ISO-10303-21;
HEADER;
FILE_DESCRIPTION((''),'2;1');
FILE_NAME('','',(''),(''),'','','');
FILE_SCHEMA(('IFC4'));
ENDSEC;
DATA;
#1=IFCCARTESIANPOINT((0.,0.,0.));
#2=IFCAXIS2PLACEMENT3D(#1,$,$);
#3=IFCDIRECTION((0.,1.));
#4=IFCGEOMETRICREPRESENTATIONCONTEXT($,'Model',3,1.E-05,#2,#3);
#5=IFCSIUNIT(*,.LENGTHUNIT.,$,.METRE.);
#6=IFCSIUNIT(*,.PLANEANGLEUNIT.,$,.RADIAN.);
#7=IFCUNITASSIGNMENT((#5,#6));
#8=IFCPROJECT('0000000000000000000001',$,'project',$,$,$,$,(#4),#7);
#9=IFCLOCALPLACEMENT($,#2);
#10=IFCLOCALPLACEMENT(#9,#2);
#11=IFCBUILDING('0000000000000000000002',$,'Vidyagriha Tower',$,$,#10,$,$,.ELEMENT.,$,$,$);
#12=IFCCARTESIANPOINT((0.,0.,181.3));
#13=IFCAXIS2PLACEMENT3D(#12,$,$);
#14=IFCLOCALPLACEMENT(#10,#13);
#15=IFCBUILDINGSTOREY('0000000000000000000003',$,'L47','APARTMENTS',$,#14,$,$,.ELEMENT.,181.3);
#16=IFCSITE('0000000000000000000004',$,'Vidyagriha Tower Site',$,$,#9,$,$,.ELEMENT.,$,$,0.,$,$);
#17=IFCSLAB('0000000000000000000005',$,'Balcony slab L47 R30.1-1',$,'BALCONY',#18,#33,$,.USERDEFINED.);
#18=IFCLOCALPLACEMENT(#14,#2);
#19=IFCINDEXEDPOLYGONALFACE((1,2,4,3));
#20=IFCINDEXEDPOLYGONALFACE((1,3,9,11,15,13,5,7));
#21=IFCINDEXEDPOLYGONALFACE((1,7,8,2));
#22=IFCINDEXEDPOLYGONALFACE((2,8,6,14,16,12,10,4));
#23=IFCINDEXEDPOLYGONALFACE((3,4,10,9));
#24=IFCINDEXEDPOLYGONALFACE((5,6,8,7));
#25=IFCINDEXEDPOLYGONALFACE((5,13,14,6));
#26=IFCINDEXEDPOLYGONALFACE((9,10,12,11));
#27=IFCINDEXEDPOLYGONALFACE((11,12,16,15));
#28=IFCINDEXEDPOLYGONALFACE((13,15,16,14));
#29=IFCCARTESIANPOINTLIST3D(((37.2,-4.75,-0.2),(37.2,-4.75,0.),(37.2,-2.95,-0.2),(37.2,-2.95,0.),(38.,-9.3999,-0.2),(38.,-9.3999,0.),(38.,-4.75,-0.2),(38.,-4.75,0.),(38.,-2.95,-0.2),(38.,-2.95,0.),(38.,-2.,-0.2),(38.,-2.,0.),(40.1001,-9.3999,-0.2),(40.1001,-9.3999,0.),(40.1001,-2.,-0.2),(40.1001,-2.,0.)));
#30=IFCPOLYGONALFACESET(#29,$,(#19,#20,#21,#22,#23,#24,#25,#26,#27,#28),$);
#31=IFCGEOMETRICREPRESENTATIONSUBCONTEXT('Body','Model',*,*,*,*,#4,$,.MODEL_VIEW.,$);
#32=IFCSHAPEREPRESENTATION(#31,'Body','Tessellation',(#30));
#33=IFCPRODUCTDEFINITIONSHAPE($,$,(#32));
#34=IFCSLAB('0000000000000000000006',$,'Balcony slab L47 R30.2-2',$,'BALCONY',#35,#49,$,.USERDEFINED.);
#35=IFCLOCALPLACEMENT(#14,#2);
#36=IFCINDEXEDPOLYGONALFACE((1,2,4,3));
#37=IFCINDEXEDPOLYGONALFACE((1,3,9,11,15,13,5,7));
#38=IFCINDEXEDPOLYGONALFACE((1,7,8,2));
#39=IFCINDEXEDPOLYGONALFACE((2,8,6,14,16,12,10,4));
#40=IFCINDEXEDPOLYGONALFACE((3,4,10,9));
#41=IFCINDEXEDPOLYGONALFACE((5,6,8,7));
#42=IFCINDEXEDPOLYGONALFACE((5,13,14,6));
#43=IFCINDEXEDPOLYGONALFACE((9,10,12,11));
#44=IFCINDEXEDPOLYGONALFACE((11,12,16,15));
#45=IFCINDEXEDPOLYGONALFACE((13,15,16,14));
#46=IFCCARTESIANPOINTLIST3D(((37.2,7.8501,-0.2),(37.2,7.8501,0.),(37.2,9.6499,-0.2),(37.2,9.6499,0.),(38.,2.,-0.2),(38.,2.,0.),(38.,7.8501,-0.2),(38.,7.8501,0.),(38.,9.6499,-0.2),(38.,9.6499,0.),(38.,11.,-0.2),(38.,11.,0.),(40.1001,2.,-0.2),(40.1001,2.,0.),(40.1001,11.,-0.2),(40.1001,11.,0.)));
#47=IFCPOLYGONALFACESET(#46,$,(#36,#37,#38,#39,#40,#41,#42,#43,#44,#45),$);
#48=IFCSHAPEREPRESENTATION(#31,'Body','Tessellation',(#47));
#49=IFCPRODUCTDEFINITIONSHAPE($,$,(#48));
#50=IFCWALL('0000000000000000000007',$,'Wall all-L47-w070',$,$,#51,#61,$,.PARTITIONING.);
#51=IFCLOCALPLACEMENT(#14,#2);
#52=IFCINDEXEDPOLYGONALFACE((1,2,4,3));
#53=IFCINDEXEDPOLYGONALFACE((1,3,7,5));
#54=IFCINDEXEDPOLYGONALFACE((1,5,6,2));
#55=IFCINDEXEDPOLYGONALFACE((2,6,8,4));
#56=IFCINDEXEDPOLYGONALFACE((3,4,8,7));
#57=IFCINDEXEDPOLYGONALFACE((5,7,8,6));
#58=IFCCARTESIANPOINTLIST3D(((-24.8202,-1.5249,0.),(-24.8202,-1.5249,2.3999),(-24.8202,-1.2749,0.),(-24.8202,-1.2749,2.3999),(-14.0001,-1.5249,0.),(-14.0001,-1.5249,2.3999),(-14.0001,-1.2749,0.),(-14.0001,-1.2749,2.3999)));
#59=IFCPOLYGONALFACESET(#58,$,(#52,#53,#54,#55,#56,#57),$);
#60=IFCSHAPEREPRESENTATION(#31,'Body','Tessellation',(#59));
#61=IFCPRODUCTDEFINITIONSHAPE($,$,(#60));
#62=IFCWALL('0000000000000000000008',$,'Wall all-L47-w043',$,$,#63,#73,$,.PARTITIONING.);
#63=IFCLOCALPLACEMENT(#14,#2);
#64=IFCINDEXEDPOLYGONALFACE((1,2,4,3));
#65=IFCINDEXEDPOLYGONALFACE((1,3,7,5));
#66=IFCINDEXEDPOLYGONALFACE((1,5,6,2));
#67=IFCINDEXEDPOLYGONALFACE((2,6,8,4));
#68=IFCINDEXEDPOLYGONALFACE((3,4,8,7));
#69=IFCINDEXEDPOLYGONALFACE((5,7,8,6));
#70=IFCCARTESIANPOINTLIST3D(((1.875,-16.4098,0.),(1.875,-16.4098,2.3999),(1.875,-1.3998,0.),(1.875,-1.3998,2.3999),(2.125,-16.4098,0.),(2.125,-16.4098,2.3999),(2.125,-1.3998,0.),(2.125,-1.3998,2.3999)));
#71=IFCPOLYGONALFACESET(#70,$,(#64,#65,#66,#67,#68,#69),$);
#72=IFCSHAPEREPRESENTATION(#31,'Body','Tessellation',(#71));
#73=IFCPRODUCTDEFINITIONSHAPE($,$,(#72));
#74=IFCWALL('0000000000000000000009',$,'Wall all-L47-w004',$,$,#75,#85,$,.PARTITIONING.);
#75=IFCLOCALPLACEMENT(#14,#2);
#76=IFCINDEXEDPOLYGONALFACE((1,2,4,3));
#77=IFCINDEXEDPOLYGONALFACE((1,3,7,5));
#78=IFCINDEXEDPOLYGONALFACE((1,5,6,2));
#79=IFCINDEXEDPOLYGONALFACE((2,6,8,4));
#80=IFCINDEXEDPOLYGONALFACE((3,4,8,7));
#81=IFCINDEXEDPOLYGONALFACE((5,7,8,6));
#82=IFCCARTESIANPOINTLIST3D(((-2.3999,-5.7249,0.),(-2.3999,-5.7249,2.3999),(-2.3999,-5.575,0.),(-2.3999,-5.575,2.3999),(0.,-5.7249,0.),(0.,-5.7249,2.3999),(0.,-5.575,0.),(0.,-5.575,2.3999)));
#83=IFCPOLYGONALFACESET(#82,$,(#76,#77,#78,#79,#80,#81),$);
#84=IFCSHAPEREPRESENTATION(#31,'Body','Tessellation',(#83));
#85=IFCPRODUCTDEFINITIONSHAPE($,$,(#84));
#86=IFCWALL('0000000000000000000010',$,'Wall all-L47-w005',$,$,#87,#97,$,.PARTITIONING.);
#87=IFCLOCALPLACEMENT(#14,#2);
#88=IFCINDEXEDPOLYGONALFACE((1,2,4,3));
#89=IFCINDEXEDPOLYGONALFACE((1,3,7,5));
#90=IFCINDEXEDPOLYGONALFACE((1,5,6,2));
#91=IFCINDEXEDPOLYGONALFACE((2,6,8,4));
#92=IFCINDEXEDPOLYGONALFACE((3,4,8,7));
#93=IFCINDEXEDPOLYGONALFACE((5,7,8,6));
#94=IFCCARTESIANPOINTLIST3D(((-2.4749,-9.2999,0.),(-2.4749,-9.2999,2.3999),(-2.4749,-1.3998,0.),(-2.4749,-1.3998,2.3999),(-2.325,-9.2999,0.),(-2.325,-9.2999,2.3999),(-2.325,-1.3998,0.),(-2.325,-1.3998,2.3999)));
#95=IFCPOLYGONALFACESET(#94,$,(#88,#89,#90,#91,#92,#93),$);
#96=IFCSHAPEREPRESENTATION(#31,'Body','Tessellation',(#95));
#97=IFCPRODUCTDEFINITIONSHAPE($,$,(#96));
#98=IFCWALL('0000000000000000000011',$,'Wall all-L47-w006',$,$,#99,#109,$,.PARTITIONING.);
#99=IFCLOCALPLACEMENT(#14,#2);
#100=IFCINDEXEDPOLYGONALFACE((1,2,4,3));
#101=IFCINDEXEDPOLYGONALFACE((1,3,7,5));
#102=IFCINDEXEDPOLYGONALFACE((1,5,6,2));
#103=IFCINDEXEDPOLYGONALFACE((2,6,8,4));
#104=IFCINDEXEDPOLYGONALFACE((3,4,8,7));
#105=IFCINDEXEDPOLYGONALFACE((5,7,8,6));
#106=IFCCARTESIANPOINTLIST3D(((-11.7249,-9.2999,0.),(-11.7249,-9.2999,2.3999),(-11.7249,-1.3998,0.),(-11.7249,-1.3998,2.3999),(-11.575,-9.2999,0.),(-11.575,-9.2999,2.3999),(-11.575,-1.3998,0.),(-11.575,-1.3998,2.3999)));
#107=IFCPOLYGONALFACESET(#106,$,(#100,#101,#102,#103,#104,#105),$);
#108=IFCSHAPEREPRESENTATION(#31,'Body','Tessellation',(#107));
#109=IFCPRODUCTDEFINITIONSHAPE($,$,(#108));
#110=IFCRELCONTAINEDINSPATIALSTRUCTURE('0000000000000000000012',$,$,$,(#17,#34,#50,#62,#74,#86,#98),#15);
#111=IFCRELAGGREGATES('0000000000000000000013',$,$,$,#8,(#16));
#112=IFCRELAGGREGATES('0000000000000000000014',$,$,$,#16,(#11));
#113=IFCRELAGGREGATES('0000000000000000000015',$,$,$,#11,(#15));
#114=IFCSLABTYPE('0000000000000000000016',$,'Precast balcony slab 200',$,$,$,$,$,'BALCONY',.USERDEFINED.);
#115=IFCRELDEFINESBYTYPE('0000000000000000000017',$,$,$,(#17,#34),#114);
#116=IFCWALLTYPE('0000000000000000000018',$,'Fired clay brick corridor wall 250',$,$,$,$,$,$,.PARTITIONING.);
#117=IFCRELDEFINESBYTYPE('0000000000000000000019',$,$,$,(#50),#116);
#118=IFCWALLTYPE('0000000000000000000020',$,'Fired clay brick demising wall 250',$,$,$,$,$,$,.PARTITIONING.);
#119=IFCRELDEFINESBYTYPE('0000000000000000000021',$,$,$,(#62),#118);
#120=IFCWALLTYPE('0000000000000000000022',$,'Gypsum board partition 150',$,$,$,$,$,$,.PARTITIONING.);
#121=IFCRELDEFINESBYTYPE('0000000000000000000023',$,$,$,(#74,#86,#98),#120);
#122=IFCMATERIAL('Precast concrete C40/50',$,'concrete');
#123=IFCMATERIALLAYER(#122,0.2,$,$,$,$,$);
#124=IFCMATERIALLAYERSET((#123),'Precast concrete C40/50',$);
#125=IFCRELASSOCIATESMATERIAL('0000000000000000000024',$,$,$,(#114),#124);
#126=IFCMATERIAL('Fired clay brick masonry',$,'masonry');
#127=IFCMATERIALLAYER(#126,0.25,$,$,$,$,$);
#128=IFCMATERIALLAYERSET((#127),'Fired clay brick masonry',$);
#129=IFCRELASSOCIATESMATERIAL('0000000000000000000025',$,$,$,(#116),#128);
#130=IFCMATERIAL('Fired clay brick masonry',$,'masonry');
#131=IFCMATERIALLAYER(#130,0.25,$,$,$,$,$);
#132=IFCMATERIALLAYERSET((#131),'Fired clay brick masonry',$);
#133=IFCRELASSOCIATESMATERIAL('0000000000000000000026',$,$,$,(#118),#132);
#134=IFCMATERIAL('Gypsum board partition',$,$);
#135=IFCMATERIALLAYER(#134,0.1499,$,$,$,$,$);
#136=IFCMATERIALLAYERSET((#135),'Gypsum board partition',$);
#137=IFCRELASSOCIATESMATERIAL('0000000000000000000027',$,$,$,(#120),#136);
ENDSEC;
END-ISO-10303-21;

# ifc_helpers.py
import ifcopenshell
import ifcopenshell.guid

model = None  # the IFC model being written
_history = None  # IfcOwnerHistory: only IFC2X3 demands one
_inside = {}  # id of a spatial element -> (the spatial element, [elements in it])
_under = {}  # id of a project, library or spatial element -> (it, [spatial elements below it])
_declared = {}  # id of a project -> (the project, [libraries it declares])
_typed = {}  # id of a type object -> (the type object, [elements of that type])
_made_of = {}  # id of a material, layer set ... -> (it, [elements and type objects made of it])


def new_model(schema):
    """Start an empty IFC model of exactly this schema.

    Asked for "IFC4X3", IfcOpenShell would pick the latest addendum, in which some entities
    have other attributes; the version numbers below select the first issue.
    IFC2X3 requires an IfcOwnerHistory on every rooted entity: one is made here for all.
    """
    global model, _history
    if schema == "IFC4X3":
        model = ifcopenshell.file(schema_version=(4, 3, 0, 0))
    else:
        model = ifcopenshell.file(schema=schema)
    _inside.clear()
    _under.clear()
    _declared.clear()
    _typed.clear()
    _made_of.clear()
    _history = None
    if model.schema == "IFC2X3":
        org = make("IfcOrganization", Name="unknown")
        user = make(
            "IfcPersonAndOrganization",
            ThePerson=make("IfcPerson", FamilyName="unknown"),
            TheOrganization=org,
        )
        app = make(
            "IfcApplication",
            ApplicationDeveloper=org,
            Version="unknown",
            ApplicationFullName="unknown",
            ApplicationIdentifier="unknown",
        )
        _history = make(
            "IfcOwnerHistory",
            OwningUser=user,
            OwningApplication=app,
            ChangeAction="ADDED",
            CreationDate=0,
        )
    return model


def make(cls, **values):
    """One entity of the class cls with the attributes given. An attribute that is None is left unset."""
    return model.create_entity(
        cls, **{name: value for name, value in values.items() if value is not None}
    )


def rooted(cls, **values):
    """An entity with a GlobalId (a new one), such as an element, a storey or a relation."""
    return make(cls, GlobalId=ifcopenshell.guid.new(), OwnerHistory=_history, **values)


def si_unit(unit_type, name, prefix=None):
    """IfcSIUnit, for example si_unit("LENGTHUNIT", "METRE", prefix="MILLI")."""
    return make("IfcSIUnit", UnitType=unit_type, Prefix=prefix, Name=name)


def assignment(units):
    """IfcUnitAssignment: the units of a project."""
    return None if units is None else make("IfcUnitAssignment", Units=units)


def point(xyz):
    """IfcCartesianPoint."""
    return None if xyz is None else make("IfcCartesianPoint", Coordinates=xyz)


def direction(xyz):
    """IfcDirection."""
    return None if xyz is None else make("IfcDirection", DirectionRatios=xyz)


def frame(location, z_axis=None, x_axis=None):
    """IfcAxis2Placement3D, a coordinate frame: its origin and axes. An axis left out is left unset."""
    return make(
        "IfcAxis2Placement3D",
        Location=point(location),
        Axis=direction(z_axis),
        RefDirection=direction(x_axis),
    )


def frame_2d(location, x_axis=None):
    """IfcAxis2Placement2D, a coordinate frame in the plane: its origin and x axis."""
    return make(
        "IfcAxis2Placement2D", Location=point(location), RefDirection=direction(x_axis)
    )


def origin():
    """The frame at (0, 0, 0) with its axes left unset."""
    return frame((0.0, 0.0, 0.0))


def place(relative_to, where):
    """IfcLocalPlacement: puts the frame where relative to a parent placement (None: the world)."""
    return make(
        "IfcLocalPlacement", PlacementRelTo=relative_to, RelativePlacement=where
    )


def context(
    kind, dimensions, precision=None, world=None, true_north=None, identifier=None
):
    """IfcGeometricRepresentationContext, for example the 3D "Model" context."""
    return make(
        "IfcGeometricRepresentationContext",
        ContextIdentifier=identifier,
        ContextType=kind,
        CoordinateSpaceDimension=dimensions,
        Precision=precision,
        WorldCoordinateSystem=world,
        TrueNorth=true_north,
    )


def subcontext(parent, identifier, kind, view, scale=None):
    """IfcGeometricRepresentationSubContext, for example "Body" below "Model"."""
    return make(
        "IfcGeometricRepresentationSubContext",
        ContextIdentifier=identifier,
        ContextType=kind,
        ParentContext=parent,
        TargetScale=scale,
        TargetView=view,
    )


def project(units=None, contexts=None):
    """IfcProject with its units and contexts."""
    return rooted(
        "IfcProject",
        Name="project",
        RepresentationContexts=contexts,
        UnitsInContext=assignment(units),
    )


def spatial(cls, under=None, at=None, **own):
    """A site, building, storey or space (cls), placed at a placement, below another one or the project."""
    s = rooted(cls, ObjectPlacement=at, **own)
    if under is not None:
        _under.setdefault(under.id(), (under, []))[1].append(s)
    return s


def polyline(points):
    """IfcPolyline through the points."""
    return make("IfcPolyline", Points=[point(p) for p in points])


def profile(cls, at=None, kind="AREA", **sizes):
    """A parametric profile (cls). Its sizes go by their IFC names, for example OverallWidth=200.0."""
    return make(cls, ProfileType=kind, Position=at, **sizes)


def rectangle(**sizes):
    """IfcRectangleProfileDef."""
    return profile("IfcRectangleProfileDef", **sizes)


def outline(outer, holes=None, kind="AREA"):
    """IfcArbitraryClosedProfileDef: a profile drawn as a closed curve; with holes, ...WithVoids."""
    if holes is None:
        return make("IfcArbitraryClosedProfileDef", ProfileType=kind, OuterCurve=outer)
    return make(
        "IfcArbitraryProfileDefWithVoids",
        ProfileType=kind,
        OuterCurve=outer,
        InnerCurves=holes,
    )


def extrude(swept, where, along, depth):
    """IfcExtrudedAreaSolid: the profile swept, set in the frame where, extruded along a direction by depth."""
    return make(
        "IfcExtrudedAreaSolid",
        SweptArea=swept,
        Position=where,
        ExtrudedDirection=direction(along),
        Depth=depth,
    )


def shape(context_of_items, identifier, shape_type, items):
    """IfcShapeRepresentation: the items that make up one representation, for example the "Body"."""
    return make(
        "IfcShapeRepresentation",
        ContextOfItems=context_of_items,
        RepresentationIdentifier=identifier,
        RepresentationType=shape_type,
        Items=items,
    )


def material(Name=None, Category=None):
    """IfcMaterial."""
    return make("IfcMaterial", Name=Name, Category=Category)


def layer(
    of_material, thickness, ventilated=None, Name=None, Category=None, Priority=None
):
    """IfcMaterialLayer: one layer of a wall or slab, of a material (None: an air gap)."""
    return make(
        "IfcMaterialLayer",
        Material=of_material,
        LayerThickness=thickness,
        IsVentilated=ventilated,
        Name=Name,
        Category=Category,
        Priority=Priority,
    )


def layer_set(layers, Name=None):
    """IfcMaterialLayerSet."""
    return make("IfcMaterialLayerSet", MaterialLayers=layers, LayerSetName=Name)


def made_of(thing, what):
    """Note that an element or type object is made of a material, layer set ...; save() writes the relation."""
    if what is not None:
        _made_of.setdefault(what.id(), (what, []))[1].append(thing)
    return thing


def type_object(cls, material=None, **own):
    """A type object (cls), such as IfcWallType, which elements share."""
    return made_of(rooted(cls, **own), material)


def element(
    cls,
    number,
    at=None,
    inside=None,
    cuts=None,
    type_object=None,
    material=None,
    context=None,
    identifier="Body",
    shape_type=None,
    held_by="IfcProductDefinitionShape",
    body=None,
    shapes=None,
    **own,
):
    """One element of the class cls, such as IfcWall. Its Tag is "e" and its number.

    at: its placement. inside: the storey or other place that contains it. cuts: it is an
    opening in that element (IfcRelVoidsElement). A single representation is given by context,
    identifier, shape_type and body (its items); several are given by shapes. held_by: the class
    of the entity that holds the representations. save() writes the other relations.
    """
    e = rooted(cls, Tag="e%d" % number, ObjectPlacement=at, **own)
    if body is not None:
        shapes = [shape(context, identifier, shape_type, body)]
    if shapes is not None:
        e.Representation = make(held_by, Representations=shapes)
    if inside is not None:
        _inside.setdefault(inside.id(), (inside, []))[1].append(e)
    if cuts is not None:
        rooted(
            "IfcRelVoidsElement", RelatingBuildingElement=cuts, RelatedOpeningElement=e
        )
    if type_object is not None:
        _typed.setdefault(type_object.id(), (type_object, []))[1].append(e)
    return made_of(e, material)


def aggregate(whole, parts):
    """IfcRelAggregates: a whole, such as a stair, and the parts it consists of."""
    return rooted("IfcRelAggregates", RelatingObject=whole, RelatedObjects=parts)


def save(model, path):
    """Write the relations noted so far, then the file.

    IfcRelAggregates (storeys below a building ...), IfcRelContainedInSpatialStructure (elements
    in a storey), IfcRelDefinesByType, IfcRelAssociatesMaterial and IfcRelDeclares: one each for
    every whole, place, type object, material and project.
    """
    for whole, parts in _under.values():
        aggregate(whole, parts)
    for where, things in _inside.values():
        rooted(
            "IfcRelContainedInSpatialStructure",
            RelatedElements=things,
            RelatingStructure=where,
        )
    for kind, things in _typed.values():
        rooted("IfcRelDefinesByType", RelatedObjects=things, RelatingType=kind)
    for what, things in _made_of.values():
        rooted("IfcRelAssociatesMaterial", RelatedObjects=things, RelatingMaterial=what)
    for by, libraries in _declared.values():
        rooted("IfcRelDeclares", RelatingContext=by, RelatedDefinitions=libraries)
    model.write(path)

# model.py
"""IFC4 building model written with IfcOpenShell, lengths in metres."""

from ifc_helpers import new_model, si_unit, direction, frame, frame_2d, origin, place, context, subcontext, project, spatial, polyline, rectangle, outline, extrude, material, layer, layer_set, type_object, element, save


model = new_model("IFC4")

# Units and contexts
model_context = context("Model", 3, precision=1e-05, world=origin(), true_north=direction((0.0, 1.0)))
body_context = subcontext(model_context, "Body", "Model", "MODEL_VIEW")
ifc_project = project(units=[si_unit("LENGTHUNIT", "METRE"), si_unit("PLANEANGLEUNIT", "RADIAN")], contexts=[model_context])

# Site, building, storey
site_placement = place(None, origin())
site = spatial("IfcSite", under=ifc_project, at=site_placement, Name="Vidyagriha Tower Site", CompositionType="ELEMENT", RefElevation=0.0)
building_placement = place(site_placement, origin())
building = spatial("IfcBuilding", under=site, at=building_placement, Name="Vidyagriha Tower", CompositionType="ELEMENT")
storey_placement = place(building_placement, frame((0.0, 0.0, 181.3)))
storey = spatial("IfcBuildingStorey", under=building, at=storey_placement, Name="L47", Description="APARTMENTS", CompositionType="ELEMENT", Elevation=181.3)

# Slabs
ifc_material_1 = material(Name="Precast concrete C40/50", Category="concrete")
ifc_layer_1 = layer(ifc_material_1, 0.2)
ifc_layer_set_1 = layer_set([ifc_layer_1], Name="Precast concrete C40/50")
slab_type_1 = type_object("IfcSlabType", Name="Precast balcony slab 200", ElementType="BALCONY", PredefinedType="USERDEFINED", material=ifc_layer_set_1)
slab_1_placement = place(storey_placement, frame((0.0, 0.0, -0.2)))
element("IfcSlab", 1, at=slab_1_placement, inside=storey, type_object=slab_type_1, Name="Balcony slab L47 R30.1-1", ObjectType="BALCONY", PredefinedType="USERDEFINED", context=body_context, shape_type="SweptSolid", body=[
    extrude(outline(polyline([(38.0, -4.75), (38.0, -9.3999), (40.1001, -9.3999), (40.1001, -2.0), (38.0, -2.0), (38.0, -2.95), (37.2, -2.95), (37.2, -4.75), (38.0, -4.75)])), origin(), (0.0, 0.0, 1.0), 0.2),
])
slab_2_placement = place(storey_placement, frame((0.0, 0.0, -0.2)))
element("IfcSlab", 2, at=slab_2_placement, inside=storey, type_object=slab_type_1, Name="Balcony slab L47 R30.2-2", ObjectType="BALCONY", PredefinedType="USERDEFINED", context=body_context, shape_type="SweptSolid", body=[
    extrude(outline(polyline([(38.0, 7.8501), (38.0, 2.0), (40.1001, 2.0), (40.1001, 11.0), (38.0, 11.0), (38.0, 9.6499), (37.2, 9.6499), (37.2, 7.8501), (38.0, 7.8501)])), origin(), (0.0, 0.0, 1.0), 0.2),
])

# Walls
ifc_material_2 = material(Name="Fired clay brick masonry", Category="masonry")
ifc_layer_2 = layer(ifc_material_2, 0.25)
ifc_layer_set_2 = layer_set([ifc_layer_2], Name="Fired clay brick masonry")
wall_type_1 = type_object("IfcWallType", Name="Fired clay brick corridor wall 250", PredefinedType="PARTITIONING", material=ifc_layer_set_2)
wall_1_placement = place(storey_placement, frame((-14.0, -1.3999, 0.0), z_axis=(0.0, 0.0, 1.0), x_axis=(-1.0, 0.0, 0.0)))
element("IfcWall", 3, at=wall_1_placement, inside=storey, type_object=wall_type_1, Name="Wall all-L47-w070", PredefinedType="PARTITIONING", context=body_context, shape_type="SweptSolid", body=[
    extrude(rectangle(XDim=10.8201, YDim=0.25, at=frame_2d((5.4102, 0.0))), origin(), (0.0, 0.0, 1.0), 2.3999),
])
ifc_material_3 = material(Name="Fired clay brick masonry", Category="masonry")
ifc_layer_3 = layer(ifc_material_3, 0.25)
ifc_layer_set_3 = layer_set([ifc_layer_3], Name="Fired clay brick masonry")
wall_type_2 = type_object("IfcWallType", Name="Fired clay brick demising wall 250", PredefinedType="PARTITIONING", material=ifc_layer_set_3)
wall_2_placement = place(storey_placement, frame((2.0, -1.3999, 0.0), z_axis=(0.0, 0.0, 1.0), x_axis=(0.0, -1.0, 0.0)))
element("IfcWall", 4, at=wall_2_placement, inside=storey, type_object=wall_type_2, Name="Wall all-L47-w043", PredefinedType="PARTITIONING", context=body_context, shape_type="SweptSolid", body=[
    extrude(rectangle(XDim=15.01, YDim=0.25, at=frame_2d((7.5049, 0.0))), origin(), (0.0, 0.0, 1.0), 2.3999),
])
ifc_material_4 = material(Name="Gypsum board partition")
ifc_layer_4 = layer(ifc_material_4, 0.1499)
ifc_layer_set_4 = layer_set([ifc_layer_4], Name="Gypsum board partition")
wall_type_3 = type_object("IfcWallType", Name="Gypsum board partition 150", PredefinedType="PARTITIONING", material=ifc_layer_set_4)
wall_3_placement = place(storey_placement, frame((0.0, -5.6499, 0.0), z_axis=(0.0, 0.0, 1.0), x_axis=(-1.0, 0.0, 0.0)))
element("IfcWall", 5, at=wall_3_placement, inside=storey, type_object=wall_type_3, Name="Wall all-L47-w004", PredefinedType="PARTITIONING", context=body_context, shape_type="SweptSolid", body=[
    extrude(rectangle(XDim=2.3999, YDim=0.1499, at=frame_2d((1.2, 0.0))), origin(), (0.0, 0.0, 1.0), 2.3999),
])
for number, where, z_axis, x_axis, name in (
    (6, (-2.3999, -9.3, 0.0), (0.0, 0.0, 1.0), (0.0, 1.0, 0.0), "Wall all-L47-w005"),
    (7, (-11.6499, -9.3, 0.0), (0.0, 0.0, 1.0), (0.0, 1.0, 0.0), "Wall all-L47-w006"),
):
    element("IfcWall", number, at=place(storey_placement, frame(where, z_axis=z_axis, x_axis=x_axis)), inside=storey, type_object=wall_type_3, Name=name, PredefinedType="PARTITIONING", context=body_context, shape_type="SweptSolid", body=[
        extrude(rectangle(XDim=7.9001, YDim=0.1499, at=frame_2d((3.9502, 0.0))), origin(), (0.0, 0.0, 1.0), 2.3999),
    ])

save(model, "model.ifc")
